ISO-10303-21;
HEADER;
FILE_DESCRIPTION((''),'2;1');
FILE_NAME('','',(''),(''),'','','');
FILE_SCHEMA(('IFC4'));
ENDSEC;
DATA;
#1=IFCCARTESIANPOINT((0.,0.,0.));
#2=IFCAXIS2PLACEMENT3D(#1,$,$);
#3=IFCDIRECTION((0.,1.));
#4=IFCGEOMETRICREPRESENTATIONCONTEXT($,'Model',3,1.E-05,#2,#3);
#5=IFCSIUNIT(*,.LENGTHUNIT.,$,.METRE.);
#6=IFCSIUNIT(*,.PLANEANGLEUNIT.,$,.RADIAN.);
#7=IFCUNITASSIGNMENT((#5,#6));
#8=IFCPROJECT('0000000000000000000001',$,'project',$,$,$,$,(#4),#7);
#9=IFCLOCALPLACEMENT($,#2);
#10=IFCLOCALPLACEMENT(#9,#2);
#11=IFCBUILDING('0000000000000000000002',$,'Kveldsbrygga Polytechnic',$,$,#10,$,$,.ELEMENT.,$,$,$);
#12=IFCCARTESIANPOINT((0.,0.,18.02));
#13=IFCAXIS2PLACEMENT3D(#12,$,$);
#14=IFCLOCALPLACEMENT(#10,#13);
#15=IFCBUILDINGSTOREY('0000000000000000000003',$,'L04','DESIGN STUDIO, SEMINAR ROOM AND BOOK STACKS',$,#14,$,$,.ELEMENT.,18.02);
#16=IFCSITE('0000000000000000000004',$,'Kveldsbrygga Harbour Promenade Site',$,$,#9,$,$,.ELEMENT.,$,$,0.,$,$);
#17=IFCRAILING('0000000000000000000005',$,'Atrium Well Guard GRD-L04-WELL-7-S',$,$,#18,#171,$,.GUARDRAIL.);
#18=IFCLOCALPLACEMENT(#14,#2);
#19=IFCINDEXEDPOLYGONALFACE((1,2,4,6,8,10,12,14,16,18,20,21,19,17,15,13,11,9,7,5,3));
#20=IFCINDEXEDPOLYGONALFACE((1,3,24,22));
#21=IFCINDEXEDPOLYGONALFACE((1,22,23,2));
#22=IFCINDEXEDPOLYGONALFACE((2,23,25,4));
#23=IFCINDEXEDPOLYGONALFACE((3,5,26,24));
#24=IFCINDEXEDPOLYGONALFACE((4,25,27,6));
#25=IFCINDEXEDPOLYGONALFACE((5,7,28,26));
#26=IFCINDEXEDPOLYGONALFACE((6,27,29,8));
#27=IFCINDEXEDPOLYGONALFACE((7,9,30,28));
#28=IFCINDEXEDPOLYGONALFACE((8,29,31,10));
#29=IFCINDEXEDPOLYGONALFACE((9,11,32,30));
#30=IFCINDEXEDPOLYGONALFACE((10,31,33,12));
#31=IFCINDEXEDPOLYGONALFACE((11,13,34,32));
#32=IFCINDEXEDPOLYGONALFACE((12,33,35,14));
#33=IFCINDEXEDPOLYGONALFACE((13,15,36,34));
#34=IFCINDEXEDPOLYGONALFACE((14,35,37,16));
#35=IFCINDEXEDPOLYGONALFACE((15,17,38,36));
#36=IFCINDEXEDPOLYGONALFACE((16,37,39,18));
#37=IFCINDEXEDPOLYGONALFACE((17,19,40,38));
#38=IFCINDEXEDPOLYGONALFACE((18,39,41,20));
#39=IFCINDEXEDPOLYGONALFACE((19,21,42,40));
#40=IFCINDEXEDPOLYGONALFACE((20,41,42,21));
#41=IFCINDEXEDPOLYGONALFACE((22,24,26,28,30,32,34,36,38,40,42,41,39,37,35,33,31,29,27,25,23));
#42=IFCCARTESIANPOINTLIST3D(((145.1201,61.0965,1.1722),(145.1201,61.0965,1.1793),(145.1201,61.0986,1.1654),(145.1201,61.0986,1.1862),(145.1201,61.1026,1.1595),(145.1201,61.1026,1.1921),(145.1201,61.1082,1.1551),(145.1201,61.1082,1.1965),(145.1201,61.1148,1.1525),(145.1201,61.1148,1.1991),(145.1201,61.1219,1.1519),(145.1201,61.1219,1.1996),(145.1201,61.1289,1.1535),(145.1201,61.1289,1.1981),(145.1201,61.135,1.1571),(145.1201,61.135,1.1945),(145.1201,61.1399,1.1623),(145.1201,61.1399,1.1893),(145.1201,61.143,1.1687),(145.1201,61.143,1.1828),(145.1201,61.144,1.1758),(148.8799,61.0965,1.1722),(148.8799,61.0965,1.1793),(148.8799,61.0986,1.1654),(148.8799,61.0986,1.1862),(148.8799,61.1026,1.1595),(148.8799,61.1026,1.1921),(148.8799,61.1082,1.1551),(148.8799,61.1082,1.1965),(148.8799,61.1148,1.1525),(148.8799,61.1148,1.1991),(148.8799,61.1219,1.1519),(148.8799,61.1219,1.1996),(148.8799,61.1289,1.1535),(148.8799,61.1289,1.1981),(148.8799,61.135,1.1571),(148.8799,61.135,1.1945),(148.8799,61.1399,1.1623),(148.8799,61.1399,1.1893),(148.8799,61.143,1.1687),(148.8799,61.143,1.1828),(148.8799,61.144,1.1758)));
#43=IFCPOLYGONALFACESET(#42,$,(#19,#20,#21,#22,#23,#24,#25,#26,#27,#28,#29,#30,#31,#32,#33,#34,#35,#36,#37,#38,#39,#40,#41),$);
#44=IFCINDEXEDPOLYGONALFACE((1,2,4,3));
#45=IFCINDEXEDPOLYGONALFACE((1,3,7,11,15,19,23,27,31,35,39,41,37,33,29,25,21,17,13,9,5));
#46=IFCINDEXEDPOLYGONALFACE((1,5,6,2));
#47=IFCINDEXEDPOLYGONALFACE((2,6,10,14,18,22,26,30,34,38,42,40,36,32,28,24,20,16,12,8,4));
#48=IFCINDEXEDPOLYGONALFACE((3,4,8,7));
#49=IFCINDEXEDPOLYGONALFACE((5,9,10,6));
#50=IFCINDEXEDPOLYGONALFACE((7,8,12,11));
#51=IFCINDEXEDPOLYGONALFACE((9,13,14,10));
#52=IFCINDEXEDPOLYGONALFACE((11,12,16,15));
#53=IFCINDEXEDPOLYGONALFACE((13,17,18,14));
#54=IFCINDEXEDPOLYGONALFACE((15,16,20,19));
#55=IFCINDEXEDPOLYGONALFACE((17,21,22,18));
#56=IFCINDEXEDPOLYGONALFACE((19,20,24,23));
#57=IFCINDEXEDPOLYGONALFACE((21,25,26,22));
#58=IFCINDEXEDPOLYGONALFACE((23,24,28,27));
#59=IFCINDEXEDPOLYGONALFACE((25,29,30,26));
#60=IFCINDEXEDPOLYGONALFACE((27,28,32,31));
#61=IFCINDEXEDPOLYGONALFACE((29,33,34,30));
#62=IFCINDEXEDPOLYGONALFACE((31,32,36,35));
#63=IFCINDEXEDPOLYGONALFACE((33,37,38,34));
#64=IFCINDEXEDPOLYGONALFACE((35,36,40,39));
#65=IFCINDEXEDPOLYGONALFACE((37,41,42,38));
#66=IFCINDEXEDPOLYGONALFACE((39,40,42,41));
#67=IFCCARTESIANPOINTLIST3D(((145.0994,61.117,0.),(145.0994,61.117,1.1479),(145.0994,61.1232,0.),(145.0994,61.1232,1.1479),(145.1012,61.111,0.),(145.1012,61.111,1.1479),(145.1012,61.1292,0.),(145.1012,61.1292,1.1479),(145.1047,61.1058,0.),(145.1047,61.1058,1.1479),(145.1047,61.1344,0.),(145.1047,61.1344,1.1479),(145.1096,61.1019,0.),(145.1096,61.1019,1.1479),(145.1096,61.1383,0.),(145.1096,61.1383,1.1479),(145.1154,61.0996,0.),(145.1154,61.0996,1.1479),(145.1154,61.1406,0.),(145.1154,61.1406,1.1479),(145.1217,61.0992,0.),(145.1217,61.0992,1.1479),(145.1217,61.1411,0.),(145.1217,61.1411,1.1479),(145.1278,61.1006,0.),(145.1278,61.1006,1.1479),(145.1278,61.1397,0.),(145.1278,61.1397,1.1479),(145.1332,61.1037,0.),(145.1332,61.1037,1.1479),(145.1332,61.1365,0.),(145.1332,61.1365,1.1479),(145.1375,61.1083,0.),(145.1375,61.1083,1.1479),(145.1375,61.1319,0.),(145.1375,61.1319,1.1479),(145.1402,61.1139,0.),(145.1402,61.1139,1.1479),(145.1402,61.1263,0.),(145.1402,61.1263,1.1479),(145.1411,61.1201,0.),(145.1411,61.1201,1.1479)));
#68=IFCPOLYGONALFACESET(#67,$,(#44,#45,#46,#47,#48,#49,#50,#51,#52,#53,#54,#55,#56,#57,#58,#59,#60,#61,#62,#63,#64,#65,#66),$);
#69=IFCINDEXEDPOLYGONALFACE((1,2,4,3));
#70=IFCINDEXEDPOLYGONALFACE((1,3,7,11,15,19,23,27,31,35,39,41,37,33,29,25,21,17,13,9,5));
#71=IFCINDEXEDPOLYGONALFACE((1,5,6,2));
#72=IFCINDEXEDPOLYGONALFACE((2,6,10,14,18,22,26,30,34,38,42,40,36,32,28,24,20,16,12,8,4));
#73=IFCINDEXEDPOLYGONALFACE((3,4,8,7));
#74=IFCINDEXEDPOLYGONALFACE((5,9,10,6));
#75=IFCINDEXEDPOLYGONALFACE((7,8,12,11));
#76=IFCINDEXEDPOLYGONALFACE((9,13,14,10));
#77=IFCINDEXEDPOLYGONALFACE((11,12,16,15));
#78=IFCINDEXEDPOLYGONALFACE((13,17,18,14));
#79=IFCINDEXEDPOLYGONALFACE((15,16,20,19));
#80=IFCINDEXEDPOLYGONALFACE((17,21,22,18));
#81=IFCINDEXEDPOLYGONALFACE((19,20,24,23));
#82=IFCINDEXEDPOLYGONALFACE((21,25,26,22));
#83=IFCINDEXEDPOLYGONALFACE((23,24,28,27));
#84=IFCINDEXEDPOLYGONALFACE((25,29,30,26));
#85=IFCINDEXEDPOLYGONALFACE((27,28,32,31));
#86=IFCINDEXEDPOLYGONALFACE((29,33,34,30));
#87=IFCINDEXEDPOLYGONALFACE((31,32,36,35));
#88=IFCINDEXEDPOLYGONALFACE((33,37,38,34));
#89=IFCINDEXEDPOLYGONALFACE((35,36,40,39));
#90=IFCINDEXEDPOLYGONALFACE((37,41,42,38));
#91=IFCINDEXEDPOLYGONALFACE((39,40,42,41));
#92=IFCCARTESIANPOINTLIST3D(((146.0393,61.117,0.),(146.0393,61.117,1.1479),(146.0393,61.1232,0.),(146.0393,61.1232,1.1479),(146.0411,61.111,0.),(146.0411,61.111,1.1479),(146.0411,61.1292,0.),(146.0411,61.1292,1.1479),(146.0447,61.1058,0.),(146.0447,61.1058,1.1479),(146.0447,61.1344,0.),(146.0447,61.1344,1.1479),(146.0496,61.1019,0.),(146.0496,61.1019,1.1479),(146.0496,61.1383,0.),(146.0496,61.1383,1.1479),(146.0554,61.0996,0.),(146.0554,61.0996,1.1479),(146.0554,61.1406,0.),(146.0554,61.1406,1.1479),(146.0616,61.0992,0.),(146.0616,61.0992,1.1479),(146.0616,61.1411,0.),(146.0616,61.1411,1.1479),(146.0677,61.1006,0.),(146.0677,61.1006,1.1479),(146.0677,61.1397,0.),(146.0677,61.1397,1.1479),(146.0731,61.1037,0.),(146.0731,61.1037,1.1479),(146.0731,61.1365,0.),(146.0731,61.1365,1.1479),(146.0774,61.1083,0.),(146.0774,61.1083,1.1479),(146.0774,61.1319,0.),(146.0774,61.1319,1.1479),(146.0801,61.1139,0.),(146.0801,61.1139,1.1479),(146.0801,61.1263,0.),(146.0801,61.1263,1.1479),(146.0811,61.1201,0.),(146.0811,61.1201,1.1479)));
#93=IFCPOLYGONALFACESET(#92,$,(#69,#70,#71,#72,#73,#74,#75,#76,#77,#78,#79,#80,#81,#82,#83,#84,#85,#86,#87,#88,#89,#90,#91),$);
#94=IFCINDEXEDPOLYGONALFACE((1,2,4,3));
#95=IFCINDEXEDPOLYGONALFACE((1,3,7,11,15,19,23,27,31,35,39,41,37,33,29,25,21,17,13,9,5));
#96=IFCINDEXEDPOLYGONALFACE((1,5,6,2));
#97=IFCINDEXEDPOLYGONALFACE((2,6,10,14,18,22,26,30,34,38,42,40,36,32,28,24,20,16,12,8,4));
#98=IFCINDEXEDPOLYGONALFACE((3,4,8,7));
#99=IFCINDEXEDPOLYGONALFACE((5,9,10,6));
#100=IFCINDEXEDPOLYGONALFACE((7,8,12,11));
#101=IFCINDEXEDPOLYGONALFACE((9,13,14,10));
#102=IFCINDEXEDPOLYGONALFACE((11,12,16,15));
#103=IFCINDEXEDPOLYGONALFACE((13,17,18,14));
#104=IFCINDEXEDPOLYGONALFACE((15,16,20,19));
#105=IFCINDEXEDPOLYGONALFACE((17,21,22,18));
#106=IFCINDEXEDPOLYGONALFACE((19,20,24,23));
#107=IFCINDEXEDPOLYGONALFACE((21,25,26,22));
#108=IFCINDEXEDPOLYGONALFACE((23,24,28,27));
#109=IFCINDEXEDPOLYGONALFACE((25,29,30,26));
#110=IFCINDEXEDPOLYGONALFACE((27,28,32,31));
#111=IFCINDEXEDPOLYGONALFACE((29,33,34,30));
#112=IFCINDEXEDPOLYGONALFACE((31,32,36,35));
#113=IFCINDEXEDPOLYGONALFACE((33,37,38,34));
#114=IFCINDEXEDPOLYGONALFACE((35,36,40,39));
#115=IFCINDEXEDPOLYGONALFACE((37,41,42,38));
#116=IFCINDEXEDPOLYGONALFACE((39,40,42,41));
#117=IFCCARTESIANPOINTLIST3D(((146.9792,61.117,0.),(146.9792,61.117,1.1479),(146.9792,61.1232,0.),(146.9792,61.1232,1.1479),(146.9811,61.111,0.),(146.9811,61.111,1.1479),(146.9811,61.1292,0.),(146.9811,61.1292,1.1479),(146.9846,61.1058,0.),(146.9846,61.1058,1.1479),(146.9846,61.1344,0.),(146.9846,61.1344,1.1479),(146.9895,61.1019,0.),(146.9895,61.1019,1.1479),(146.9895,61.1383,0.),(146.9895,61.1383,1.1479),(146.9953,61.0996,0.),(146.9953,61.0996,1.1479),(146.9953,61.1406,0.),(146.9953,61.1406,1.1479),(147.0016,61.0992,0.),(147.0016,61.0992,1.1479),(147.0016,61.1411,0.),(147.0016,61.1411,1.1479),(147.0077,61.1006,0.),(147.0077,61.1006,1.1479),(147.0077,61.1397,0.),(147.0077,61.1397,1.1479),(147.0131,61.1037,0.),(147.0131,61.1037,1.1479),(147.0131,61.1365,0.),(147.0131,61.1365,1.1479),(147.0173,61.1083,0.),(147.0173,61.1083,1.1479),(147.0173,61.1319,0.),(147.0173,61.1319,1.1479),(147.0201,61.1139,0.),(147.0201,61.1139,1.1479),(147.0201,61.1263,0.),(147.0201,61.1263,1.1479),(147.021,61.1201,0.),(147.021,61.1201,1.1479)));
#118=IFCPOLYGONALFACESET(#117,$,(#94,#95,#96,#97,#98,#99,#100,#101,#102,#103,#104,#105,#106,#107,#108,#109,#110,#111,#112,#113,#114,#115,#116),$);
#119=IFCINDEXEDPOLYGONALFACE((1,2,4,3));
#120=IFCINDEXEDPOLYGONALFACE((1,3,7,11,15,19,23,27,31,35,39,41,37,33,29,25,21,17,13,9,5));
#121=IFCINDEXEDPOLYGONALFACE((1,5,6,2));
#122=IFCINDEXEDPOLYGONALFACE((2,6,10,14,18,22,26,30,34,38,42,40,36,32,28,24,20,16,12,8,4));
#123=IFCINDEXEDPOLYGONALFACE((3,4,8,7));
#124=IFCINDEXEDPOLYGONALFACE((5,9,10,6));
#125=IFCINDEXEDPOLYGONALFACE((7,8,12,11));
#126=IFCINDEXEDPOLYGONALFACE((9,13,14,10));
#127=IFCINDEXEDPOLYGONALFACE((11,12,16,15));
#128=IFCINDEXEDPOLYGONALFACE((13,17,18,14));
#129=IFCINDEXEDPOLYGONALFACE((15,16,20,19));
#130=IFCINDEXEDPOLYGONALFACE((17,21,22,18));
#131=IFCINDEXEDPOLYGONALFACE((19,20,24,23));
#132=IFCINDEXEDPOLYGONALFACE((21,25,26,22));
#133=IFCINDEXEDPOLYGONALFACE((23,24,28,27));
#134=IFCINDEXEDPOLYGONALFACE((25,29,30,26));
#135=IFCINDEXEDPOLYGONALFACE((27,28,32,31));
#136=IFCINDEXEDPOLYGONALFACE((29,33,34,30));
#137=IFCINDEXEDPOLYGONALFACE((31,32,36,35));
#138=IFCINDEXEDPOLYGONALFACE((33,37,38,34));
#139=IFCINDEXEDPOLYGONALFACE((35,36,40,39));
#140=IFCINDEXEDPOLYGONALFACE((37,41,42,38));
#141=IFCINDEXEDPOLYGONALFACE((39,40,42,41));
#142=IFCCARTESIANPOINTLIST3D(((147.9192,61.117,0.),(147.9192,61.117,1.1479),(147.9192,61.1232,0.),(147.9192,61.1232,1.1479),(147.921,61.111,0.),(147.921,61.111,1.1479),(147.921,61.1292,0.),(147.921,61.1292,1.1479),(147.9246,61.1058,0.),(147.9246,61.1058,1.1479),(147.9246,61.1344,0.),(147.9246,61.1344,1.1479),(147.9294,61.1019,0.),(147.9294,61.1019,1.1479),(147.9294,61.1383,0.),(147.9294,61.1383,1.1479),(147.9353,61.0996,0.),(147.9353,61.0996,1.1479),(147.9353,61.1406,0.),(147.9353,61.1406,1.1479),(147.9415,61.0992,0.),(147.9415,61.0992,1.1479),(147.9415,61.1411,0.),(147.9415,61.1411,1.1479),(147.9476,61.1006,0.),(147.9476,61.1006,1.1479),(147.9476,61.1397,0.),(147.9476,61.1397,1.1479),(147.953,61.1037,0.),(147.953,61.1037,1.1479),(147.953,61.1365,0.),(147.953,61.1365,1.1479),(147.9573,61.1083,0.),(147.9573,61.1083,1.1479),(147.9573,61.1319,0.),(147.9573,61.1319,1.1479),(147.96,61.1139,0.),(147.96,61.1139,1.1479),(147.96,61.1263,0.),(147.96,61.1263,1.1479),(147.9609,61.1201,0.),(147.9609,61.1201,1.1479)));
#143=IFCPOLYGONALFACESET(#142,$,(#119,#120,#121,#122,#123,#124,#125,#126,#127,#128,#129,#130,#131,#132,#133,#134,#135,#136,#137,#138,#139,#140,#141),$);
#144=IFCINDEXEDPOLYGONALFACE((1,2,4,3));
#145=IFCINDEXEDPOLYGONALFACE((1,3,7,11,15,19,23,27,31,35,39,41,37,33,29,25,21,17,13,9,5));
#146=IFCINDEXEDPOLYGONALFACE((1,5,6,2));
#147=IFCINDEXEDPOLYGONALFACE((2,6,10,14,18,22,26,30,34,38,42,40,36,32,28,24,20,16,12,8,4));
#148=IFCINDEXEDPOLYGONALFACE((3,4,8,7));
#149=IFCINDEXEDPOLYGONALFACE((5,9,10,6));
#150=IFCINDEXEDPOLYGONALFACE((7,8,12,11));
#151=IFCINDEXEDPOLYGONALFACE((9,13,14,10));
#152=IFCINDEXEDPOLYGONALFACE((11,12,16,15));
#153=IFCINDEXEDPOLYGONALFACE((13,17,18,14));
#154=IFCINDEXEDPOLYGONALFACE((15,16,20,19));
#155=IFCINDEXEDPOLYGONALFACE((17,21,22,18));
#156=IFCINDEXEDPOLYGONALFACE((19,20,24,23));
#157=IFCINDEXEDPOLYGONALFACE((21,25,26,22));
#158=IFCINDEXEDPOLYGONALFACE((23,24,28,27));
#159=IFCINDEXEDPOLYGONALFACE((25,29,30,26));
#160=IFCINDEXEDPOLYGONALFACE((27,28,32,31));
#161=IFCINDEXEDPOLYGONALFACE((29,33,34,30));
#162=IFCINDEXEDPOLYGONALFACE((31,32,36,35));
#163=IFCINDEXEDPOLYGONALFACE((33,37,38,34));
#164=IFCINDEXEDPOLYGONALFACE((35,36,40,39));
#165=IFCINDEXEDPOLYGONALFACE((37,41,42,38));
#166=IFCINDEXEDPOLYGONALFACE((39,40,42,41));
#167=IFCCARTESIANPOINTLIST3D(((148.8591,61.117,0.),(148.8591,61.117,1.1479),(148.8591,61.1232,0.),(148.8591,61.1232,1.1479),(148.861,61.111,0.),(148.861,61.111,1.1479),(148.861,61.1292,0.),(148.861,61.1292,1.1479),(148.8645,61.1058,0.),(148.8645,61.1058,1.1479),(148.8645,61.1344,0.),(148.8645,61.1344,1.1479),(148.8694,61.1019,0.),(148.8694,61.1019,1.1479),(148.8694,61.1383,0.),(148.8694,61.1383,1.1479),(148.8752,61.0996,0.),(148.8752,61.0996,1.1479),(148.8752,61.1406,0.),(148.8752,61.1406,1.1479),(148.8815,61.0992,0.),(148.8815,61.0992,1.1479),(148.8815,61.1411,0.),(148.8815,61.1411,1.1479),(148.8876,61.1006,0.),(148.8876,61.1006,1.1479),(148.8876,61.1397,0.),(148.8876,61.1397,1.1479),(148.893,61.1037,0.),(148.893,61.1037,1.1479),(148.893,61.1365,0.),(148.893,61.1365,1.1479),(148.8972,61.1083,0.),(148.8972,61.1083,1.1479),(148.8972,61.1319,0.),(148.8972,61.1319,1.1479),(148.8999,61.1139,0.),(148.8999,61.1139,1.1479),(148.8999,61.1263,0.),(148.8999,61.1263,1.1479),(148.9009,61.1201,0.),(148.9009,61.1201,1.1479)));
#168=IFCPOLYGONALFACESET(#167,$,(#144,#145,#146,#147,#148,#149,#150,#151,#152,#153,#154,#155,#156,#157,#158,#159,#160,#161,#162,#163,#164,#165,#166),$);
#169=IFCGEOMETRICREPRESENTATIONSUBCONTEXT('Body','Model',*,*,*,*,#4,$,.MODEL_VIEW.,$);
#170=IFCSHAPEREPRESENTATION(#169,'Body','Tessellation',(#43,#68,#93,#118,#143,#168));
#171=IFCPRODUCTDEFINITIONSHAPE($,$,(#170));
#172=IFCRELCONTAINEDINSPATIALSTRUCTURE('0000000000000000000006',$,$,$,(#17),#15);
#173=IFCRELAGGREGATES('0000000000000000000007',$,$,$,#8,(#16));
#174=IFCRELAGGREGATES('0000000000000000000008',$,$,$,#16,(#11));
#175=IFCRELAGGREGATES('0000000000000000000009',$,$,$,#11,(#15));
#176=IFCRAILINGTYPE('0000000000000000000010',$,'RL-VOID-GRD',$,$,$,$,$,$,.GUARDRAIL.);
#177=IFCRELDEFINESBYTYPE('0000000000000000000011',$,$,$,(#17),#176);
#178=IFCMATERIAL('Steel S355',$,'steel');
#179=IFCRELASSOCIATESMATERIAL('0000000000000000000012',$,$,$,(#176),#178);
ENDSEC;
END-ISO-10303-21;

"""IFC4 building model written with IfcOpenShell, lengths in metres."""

from ifc_helpers import new_model, si_unit, direction, frame, origin, origin_2d, place, context, subcontext, project, spatial, circle, extrude, material, type_object, element, save


model = new_model("IFC4")

# Units and contexts
model_context = context("Model", 3, precision=1e-05, world=origin(), true_north=direction((0.0, 1.0)))
body_context = subcontext(model_context, "Body", "Model", "MODEL_VIEW")
ifc_project = project(units=[si_unit("LENGTHUNIT", "METRE"), si_unit("PLANEANGLEUNIT", "RADIAN")], contexts=[model_context])

# Site, building, storey
site_placement = place(None, origin())
site = spatial("IfcSite", under=ifc_project, at=site_placement, Name="Kveldsbrygga Harbour Promenade Site", CompositionType="ELEMENT", RefElevation=0.0)
building_placement = place(site_placement, origin())
building = spatial("IfcBuilding", under=site, at=building_placement, Name="Kveldsbrygga Polytechnic", CompositionType="ELEMENT")
storey_placement = place(building_placement, frame((0.0, 0.0, 18.02)))
storey = spatial("IfcBuildingStorey", under=building, at=storey_placement, Name="L04", Description="DESIGN STUDIO, SEMINAR ROOM AND BOOK STACKS", CompositionType="ELEMENT", Elevation=18.02)

# Shared definitions
ifc_material_1 = material(Name="Steel S355", Category="steel")

# Railing
railing_type = type_object("IfcRailingType", Name="RL-VOID-GRD", PredefinedType="GUARDRAIL", material=ifc_material_1)
railing_1_placement = place(storey_placement, frame((145.1201, 61.1201, 0.0)))
element("IfcRailing", 1, at=railing_1_placement, inside=storey, type_object=railing_type, Name="Atrium Well Guard GRD-L04-WELL-7-S", PredefinedType="GUARDRAIL", context=body_context, shape_type="SweptSolid", body=[
    extrude(circle(Radius=0.0239, at=origin_2d()), frame((0.0, 0.0, 1.1758), z_axis=(1.0, 0.0, 0.0), x_axis=(0.0, 1.0, 0.0)), (0.0, 0.0, 1.0), 3.7598),
    extrude(circle(Radius=0.021, at=origin_2d()), origin(), (0.0, 0.0, 1.0), 1.1479),
    extrude(circle(Radius=0.021, at=origin_2d()), frame((0.9399, 0.0, 0.0)), (0.0, 0.0, 1.0), 1.1479),
    extrude(circle(Radius=0.021, at=origin_2d()), frame((1.8799, 0.0, 0.0)), (0.0, 0.0, 1.0), 1.1479),
    extrude(circle(Radius=0.021, at=origin_2d()), frame((2.8198, 0.0, 0.0)), (0.0, 0.0, 1.0), 1.1479),
    extrude(circle(Radius=0.021, at=origin_2d()), frame((3.7598, 0.0, 0.0)), (0.0, 0.0, 1.0), 1.1479),
])

save(model, "model.ifc")
